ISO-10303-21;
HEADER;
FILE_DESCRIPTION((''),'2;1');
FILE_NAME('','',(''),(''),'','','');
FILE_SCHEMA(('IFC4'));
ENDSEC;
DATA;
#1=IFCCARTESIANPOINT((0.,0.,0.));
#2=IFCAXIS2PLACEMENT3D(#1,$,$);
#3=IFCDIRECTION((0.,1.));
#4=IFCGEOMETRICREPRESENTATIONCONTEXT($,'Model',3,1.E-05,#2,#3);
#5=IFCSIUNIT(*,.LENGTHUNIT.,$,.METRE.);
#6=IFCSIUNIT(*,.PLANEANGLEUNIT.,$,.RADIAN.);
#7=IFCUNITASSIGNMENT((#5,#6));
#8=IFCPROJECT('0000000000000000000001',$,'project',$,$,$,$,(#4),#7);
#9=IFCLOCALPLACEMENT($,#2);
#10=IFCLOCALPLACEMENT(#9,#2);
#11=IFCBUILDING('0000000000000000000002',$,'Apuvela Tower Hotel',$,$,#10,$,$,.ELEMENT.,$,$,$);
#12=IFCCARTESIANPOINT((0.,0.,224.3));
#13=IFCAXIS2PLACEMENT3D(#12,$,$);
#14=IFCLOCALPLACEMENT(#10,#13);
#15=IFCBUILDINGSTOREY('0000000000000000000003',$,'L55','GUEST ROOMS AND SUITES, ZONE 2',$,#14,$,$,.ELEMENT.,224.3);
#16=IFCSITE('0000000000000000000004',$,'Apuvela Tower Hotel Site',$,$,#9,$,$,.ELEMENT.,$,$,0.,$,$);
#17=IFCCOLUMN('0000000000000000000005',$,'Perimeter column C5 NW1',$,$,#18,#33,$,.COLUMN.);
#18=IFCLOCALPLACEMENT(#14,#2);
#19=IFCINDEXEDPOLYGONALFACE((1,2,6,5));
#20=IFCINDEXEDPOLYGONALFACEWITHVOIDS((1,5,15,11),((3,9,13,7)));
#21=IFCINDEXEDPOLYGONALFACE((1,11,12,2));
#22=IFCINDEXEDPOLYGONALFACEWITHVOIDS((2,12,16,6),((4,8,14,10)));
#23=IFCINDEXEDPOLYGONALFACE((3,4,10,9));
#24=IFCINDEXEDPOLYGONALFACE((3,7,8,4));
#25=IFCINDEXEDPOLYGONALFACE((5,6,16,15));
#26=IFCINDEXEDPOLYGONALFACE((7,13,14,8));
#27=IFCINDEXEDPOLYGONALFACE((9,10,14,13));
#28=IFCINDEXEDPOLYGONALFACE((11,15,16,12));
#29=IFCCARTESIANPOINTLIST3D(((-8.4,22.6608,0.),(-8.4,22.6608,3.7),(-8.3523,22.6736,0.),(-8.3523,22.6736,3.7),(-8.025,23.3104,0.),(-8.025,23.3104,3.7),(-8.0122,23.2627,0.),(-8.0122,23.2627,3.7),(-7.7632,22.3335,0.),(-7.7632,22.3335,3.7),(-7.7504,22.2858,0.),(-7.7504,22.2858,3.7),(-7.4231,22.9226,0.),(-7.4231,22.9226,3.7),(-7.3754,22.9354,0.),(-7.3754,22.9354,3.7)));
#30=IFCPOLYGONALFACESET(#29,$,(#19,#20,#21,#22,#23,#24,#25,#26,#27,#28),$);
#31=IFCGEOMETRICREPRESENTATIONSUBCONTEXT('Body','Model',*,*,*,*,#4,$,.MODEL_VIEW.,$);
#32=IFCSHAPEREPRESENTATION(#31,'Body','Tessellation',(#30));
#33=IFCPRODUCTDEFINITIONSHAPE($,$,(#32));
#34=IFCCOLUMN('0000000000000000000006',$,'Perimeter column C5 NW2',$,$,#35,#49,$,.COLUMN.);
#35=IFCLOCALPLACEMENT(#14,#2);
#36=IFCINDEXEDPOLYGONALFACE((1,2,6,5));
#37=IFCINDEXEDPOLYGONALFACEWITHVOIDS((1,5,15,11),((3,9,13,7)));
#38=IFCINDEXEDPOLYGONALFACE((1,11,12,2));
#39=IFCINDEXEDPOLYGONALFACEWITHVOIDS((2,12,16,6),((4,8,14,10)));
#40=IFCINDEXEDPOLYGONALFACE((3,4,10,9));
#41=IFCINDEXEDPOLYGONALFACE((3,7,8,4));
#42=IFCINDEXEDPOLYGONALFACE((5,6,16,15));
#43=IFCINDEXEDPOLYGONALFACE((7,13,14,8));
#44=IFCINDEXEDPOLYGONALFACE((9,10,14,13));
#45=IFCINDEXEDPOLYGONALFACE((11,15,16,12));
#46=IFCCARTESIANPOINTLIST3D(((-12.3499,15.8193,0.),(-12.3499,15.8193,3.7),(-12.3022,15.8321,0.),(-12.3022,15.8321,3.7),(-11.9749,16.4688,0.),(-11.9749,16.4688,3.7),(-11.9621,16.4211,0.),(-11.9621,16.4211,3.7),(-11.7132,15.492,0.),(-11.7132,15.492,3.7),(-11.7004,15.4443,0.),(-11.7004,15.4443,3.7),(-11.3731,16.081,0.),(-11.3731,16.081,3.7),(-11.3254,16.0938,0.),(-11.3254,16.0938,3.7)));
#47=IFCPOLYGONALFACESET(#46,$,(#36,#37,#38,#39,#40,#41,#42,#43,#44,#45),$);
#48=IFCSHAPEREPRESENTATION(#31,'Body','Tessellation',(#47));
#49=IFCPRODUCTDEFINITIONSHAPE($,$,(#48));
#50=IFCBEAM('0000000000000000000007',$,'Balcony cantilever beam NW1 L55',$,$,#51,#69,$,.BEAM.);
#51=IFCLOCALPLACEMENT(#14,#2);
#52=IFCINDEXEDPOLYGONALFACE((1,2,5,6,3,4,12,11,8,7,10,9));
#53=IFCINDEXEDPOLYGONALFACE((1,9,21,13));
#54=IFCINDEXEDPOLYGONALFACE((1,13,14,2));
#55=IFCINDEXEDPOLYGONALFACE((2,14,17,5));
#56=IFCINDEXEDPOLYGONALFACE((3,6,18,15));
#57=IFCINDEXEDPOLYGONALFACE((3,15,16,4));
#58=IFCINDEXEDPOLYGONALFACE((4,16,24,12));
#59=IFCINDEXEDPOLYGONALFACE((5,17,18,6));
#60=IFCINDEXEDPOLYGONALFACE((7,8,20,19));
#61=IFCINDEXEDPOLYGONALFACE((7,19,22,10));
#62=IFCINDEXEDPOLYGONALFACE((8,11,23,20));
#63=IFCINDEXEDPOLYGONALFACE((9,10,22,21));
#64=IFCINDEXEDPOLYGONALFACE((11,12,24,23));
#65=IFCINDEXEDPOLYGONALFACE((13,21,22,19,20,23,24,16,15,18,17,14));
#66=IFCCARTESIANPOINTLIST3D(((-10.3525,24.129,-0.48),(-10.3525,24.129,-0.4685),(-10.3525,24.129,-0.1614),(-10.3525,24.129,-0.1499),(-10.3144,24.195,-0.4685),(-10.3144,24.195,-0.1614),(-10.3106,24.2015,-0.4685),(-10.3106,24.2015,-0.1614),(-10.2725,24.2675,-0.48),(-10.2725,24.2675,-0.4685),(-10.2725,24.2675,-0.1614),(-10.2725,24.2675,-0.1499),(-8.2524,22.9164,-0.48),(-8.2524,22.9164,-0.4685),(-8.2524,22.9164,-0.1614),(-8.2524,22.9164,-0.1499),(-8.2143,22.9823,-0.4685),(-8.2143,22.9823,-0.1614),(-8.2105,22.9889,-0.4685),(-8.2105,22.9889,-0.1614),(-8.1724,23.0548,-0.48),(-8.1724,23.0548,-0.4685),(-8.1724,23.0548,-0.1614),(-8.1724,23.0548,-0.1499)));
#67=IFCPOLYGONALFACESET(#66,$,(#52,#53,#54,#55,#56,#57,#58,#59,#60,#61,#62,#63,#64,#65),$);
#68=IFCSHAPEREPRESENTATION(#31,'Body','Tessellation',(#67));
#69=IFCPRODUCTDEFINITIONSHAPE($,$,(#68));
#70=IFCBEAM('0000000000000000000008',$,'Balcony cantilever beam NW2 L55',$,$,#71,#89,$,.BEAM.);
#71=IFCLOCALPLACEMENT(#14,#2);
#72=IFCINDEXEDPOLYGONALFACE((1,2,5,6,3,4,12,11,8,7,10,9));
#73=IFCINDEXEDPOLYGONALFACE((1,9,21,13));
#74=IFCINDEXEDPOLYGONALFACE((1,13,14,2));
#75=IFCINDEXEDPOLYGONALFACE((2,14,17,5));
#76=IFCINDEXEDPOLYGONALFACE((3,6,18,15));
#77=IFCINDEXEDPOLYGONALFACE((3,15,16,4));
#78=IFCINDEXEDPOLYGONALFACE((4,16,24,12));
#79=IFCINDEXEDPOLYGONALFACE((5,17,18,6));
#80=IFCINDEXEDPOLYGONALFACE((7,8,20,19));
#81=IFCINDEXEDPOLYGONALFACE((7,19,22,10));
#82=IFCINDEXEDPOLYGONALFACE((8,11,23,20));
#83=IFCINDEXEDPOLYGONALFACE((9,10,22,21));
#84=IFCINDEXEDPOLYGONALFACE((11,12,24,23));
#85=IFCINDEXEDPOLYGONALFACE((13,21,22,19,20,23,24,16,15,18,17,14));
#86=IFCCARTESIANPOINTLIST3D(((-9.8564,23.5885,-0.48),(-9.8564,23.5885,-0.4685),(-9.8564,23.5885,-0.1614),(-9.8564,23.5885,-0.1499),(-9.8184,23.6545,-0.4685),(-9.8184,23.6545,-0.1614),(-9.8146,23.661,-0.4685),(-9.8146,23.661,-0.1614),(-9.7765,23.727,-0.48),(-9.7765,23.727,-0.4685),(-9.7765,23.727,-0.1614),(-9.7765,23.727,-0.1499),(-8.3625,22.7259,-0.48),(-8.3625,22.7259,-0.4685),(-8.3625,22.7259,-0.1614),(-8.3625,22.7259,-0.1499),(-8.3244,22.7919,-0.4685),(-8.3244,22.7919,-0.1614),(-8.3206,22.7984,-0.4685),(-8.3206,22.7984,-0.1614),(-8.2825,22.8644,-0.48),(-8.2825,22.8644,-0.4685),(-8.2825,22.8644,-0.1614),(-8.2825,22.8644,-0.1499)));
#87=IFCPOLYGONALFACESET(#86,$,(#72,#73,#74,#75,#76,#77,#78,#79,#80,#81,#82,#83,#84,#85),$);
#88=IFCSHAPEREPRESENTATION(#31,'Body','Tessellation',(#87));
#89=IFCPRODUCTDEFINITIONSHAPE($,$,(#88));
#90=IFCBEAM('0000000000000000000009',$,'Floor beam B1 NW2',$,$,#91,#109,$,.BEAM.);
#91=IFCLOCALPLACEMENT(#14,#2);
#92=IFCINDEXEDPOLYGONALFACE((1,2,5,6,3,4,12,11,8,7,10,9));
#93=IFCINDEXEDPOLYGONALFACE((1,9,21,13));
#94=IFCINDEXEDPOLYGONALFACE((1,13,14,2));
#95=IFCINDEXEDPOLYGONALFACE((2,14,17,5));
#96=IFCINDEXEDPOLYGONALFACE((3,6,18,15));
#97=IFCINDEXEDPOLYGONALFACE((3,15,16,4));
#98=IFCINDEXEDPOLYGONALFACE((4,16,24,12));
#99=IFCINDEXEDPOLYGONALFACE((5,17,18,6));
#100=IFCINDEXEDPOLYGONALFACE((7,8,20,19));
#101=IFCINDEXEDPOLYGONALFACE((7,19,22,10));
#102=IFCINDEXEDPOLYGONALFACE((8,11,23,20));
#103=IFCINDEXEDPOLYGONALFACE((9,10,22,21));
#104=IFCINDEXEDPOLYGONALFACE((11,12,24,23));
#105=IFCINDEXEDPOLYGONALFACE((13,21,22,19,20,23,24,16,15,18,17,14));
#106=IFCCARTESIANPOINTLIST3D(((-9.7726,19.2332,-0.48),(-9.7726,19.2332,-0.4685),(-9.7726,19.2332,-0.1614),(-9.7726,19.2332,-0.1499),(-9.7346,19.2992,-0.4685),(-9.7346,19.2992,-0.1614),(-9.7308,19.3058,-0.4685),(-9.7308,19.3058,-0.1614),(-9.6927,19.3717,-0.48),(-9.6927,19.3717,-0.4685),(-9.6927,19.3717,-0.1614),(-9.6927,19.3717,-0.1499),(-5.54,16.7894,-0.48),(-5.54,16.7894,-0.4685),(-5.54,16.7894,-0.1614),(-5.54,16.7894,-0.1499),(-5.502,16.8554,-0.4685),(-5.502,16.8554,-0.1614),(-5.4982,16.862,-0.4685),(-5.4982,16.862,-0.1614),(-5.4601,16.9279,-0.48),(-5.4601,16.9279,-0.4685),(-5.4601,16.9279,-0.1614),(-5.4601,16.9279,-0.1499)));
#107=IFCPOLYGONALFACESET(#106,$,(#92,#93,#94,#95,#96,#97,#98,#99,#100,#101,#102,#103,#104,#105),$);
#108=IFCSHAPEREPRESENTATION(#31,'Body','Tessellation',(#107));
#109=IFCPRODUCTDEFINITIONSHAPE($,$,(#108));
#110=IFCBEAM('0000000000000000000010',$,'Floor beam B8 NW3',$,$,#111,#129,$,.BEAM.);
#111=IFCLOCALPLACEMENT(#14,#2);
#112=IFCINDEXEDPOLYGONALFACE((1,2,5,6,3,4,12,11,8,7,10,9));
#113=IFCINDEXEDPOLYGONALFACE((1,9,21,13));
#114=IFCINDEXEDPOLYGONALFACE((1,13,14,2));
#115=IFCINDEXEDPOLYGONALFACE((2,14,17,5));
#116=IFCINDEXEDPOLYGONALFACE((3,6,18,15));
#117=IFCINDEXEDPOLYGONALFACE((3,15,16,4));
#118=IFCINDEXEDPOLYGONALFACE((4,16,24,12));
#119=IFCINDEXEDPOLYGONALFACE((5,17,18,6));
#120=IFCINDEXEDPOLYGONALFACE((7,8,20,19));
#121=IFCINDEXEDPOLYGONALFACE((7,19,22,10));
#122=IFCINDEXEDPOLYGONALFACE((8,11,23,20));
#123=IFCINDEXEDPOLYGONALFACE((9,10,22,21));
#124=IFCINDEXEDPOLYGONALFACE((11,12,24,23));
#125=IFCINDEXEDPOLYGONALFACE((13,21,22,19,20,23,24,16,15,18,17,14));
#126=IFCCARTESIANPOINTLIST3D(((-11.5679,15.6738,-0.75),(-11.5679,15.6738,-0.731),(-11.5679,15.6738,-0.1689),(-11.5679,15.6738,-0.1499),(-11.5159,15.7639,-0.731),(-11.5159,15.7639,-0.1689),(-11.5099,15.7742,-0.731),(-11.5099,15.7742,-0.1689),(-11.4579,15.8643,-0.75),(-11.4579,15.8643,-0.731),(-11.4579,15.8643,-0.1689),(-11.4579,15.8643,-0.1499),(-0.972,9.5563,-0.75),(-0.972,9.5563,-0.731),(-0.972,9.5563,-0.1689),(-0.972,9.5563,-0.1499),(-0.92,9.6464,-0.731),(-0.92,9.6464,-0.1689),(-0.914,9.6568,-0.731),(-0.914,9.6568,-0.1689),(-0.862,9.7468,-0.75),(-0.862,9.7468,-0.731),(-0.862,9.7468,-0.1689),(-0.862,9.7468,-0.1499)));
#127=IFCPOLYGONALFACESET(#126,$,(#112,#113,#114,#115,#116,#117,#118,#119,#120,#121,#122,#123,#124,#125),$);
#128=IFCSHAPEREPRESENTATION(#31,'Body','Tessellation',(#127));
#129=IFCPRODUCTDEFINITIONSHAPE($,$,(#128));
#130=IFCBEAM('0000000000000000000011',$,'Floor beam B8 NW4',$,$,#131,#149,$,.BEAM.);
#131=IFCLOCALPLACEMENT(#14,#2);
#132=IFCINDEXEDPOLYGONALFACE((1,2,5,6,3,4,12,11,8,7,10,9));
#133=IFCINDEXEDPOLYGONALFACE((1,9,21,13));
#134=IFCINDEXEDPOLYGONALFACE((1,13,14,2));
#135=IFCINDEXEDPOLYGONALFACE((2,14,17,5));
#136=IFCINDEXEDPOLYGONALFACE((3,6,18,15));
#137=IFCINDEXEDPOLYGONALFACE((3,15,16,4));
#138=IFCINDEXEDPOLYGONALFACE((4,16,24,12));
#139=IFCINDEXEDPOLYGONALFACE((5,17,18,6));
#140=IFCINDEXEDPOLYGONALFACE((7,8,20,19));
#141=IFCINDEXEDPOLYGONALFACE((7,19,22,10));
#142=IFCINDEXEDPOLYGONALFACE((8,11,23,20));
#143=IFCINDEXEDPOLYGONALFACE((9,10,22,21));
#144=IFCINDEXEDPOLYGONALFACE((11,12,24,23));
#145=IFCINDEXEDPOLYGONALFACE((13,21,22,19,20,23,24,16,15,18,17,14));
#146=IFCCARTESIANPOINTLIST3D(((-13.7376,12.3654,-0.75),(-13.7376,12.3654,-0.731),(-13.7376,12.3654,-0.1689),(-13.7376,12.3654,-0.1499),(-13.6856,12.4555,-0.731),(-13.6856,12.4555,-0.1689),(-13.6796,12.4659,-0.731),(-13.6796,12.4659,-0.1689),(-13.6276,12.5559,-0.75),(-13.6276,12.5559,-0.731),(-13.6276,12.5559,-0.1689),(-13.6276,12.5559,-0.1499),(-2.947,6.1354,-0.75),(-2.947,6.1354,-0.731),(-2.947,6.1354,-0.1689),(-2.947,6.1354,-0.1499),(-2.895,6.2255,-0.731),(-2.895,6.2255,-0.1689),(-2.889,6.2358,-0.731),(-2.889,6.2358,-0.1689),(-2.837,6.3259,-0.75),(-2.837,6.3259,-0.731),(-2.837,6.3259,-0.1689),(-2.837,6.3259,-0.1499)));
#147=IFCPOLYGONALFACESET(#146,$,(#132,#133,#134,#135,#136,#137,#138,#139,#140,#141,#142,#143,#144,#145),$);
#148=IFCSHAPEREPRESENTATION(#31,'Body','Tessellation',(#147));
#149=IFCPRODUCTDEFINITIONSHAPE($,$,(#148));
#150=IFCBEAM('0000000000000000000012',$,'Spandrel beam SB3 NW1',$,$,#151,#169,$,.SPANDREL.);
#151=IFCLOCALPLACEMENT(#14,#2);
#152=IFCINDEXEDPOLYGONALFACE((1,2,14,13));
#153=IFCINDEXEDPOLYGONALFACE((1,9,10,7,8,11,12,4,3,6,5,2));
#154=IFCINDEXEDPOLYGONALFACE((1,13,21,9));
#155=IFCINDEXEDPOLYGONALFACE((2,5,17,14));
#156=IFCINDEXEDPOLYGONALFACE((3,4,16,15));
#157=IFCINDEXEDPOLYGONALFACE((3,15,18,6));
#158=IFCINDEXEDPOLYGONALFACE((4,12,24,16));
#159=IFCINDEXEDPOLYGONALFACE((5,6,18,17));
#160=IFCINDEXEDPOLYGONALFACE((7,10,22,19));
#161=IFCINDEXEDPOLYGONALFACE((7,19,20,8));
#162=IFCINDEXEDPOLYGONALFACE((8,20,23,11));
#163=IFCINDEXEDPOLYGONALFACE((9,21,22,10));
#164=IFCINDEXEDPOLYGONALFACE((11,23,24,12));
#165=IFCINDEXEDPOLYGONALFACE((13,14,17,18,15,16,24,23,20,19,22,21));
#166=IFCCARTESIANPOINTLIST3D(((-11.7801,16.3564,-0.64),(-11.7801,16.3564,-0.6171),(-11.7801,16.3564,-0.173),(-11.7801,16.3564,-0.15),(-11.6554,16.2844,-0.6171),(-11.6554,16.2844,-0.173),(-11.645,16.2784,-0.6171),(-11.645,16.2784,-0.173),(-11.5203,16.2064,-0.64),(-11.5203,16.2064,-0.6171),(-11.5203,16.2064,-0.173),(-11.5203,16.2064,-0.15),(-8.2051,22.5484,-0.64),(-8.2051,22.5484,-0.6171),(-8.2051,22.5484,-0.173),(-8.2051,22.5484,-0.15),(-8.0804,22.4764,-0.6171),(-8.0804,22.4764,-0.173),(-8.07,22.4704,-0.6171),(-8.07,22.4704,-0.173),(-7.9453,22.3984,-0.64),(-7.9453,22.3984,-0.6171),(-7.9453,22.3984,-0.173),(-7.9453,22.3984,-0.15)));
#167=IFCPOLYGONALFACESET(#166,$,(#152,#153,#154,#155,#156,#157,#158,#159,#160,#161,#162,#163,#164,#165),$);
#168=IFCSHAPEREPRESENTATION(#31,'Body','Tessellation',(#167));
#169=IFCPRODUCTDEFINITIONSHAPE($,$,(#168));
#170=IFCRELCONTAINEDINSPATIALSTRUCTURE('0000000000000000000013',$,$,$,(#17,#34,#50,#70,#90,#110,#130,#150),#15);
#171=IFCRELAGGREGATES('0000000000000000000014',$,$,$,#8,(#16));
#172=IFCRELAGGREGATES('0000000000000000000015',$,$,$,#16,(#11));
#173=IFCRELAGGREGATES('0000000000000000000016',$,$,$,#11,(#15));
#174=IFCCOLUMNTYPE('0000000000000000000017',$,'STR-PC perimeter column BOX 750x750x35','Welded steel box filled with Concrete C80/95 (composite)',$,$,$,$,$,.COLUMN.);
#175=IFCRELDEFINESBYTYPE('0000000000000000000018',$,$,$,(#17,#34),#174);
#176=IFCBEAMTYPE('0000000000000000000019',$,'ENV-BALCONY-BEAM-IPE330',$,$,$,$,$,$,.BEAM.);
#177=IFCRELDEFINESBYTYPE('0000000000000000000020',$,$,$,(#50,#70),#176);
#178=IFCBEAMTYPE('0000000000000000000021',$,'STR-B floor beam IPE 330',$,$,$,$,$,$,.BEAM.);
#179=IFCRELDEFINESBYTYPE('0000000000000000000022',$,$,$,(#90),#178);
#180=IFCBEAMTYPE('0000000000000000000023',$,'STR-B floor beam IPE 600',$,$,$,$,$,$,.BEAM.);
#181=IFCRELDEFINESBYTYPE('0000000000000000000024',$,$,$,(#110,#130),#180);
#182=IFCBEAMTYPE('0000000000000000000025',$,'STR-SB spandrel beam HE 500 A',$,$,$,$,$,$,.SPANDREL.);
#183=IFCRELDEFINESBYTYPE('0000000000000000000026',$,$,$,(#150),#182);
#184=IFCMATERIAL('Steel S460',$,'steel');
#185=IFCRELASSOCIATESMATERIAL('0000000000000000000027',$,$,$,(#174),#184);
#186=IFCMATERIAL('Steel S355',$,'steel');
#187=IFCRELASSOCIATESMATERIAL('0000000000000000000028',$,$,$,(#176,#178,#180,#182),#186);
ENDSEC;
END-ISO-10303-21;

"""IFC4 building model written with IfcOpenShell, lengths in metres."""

from ifc_helpers import new_model, si_unit, direction, frame, origin, origin_2d, place, context, subcontext, project, spatial, rectangle, hollow_rectangle, i_section, extrude, material, material_profile, profile_set, type_object, element, save


model = new_model("IFC4")

# Units and contexts
model_context = context("Model", 3, precision=1e-05, world=origin(), true_north=direction((0.0, 1.0)))
body_context = subcontext(model_context, "Body", "Model", "MODEL_VIEW")
ifc_project = project(units=[si_unit("LENGTHUNIT", "METRE"), si_unit("PLANEANGLEUNIT", "RADIAN")], contexts=[model_context])

# Site, building, storey
site_placement = place(None, origin())
site = spatial("IfcSite", under=ifc_project, at=site_placement, Name="Apuvela Tower Hotel Site", CompositionType="ELEMENT", RefElevation=0.0)
building_placement = place(site_placement, origin())
building = spatial("IfcBuilding", under=site, at=building_placement, Name="Apuvela Tower Hotel", CompositionType="ELEMENT")
storey_placement = place(building_placement, frame((0.0, 0.0, 224.3)))
storey = spatial("IfcBuildingStorey", under=building, at=storey_placement, Name="L55", Description="GUEST ROOMS AND SUITES, ZONE 2", CompositionType="ELEMENT", Elevation=224.3)

# Columns
ifc_material_1 = material(Name="Steel S460", Category="steel")
ifc_material_profile_1 = material_profile(ifc_material_1, hollow_rectangle(XDim=0.75, YDim=0.75, WallThickness=0.0349, at=origin_2d()), Name="BOX 750x750x35")
ifc_material_2 = material(Name="Concrete C80/95", Category="concrete")
ifc_material_profile_2 = material_profile(ifc_material_2, rectangle(XDim=0.6799, YDim=0.6799, at=origin_2d()), Name="Concrete C80/95 infill")
ifc_profile_set_1 = profile_set([ifc_material_profile_1, ifc_material_profile_2], Name="Steel S460")
column_type = type_object("IfcColumnType", Name="STR-PC perimeter column BOX 750x750x35", Description="Welded steel box filled with Concrete C80/95 (composite)", PredefinedType="COLUMN", material=ifc_profile_set_1)
for number, where, z_axis, x_axis, name in (
    (1, (-7.8877, 22.7981, 0.0), (0.0, 0.0, 1.0), (0.5, 0.866025, 0.0), "Perimeter column C5 NW1"),
    (2, (-11.8376, 15.9565, 0.0), (0.0, 0.0, 1.0), (0.5, 0.866025, 0.0), "Perimeter column C5 NW2"),
):
    element("IfcColumn", number, at=place(storey_placement, frame(where, z_axis=z_axis, x_axis=x_axis)), inside=storey, type_object=column_type, Name=name, PredefinedType="COLUMN", context=body_context, shape_type="SweptSolid", body=[
        extrude(hollow_rectangle(XDim=0.75, YDim=0.75, WallThickness=0.0349, at=origin_2d()), origin(), (0.0, 0.0, 1.0), 3.7),
    ])

# Beams
ifc_material_3 = material(Name="Steel S355", Category="steel")
ifc_material_profile_3 = material_profile(ifc_material_3, i_section(OverallWidth=0.1599, OverallDepth=0.3301, WebThickness=0.0076, FlangeThickness=0.0115, at=origin_2d()), Name="IPE 330")
ifc_profile_set_2 = profile_set([ifc_material_profile_3], Name="Steel S355")
beam_type_1 = type_object("IfcBeamType", Name="ENV-BALCONY-BEAM-IPE330", PredefinedType="BEAM", material=ifc_profile_set_2)
beam_1_placement = place(storey_placement, frame((-8.2124, 22.9856, -0.3149), z_axis=(-0.865998, 0.500048, 0.0), x_axis=(-0.500048, -0.865998, 0.0)))
element("IfcBeam", 3, at=beam_1_placement, inside=storey, type_object=beam_type_1, Name="Balcony cantilever beam NW1 L55", PredefinedType="BEAM", context=body_context, shape_type="SweptSolid", body=[
    extrude(i_section(OverallWidth=0.1599, OverallDepth=0.3301, WebThickness=0.0076, FlangeThickness=0.0115, at=origin_2d()), origin(), (0.0, 0.0, 1.0), 2.425),
])
beam_2_placement = place(storey_placement, frame((-8.3225, 22.7952, -0.3149), z_axis=(-0.866014, 0.500021, 0.0), x_axis=(-0.500021, -0.866014, 0.0)))
element("IfcBeam", 4, at=beam_2_placement, inside=storey, type_object=beam_type_1, Name="Balcony cantilever beam NW2 L55", PredefinedType="BEAM", context=body_context, shape_type="SweptSolid", body=[
    extrude(i_section(OverallWidth=0.1599, OverallDepth=0.3301, WebThickness=0.0076, FlangeThickness=0.0115, at=origin_2d()), origin(), (0.0, 0.0, 1.0), 1.7251),
])
ifc_material_profile_4 = material_profile(ifc_material_3, i_section(OverallWidth=0.1599, OverallDepth=0.3301, WebThickness=0.0076, FlangeThickness=0.0115, at=origin_2d()), Name="IPE 330")
ifc_profile_set_3 = profile_set([ifc_material_profile_4], Name="Steel S355")
beam_type_2 = type_object("IfcBeamType", Name="STR-B floor beam IPE 330", PredefinedType="BEAM", material=ifc_profile_set_3)
beam_3_placement = place(storey_placement, frame((-9.7327, 19.3025, -0.3149), z_axis=(0.866015, -0.500018, 0.0), x_axis=(0.500018, 0.866015, 0.0)))
element("IfcBeam", 5, at=beam_3_placement, inside=storey, type_object=beam_type_2, Name="Floor beam B1 NW2", PredefinedType="BEAM", context=body_context, shape_type="SweptSolid", body=[
    extrude(i_section(OverallWidth=0.1599, OverallDepth=0.3301, WebThickness=0.0076, FlangeThickness=0.0115, at=origin_2d()), origin(), (0.0, 0.0, 1.0), 4.8875),
])
ifc_material_profile_5 = material_profile(ifc_material_3, i_section(OverallWidth=0.22, OverallDepth=0.6001, WebThickness=0.012, FlangeThickness=0.019, at=origin_2d()), Name="IPE 600")
ifc_profile_set_4 = profile_set([ifc_material_profile_5], Name="Steel S355")
beam_type_3 = type_object("IfcBeamType", Name="STR-B floor beam IPE 600", PredefinedType="BEAM", material=ifc_profile_set_4)
beam_4_placement = place(storey_placement, frame((-11.5129, 15.769, -0.45), z_axis=(0.86603, -0.499991, 0.0), x_axis=(0.499991, 0.86603, 0.0)))
element("IfcBeam", 6, at=beam_4_placement, inside=storey, type_object=beam_type_3, Name="Floor beam B8 NW3", PredefinedType="BEAM", context=body_context, shape_type="SweptSolid", body=[
    extrude(i_section(OverallWidth=0.22, OverallDepth=0.6001, WebThickness=0.012, FlangeThickness=0.019, at=origin_2d()), origin(), (0.0, 0.0, 1.0), 12.2351),
])
beam_5_placement = place(storey_placement, frame((-13.6826, 12.4607, -0.45), z_axis=(0.866023, -0.500004, 0.0), x_axis=(0.500004, 0.866023, 0.0)))
element("IfcBeam", 7, at=beam_5_placement, inside=storey, type_object=beam_type_3, Name="Floor beam B8 NW4", PredefinedType="BEAM", context=body_context, shape_type="SweptSolid", body=[
    extrude(i_section(OverallWidth=0.22, OverallDepth=0.6001, WebThickness=0.012, FlangeThickness=0.019, at=origin_2d()), origin(), (0.0, 0.0, 1.0), 12.46),
])
ifc_material_profile_6 = material_profile(ifc_material_3, i_section(OverallWidth=0.3, OverallDepth=0.49, WebThickness=0.012, FlangeThickness=0.0229, at=origin_2d()), Name="HE 500 A")
ifc_profile_set_5 = profile_set([ifc_material_profile_6], Name="Steel S355")
beam_type_4 = type_object("IfcBeamType", Name="STR-SB spandrel beam HE 500 A", PredefinedType="SPANDREL", material=ifc_profile_set_5)
beam_6_placement = place(storey_placement, frame((-8.0752, 22.4734, -0.395), z_axis=(-0.500006, -0.866022, 0.0), x_axis=(0.866022, -0.500006, 0.0)))
element("IfcBeam", 8, at=beam_6_placement, inside=storey, type_object=beam_type_4, Name="Spandrel beam SB3 NW1", PredefinedType="SPANDREL", context=body_context, shape_type="SweptSolid", body=[
    extrude(i_section(OverallWidth=0.3, OverallDepth=0.49, WebThickness=0.012, FlangeThickness=0.0229, at=origin_2d()), origin(), (0.0, 0.0, 1.0), 7.1499),
])

save(model, "model.ifc")
